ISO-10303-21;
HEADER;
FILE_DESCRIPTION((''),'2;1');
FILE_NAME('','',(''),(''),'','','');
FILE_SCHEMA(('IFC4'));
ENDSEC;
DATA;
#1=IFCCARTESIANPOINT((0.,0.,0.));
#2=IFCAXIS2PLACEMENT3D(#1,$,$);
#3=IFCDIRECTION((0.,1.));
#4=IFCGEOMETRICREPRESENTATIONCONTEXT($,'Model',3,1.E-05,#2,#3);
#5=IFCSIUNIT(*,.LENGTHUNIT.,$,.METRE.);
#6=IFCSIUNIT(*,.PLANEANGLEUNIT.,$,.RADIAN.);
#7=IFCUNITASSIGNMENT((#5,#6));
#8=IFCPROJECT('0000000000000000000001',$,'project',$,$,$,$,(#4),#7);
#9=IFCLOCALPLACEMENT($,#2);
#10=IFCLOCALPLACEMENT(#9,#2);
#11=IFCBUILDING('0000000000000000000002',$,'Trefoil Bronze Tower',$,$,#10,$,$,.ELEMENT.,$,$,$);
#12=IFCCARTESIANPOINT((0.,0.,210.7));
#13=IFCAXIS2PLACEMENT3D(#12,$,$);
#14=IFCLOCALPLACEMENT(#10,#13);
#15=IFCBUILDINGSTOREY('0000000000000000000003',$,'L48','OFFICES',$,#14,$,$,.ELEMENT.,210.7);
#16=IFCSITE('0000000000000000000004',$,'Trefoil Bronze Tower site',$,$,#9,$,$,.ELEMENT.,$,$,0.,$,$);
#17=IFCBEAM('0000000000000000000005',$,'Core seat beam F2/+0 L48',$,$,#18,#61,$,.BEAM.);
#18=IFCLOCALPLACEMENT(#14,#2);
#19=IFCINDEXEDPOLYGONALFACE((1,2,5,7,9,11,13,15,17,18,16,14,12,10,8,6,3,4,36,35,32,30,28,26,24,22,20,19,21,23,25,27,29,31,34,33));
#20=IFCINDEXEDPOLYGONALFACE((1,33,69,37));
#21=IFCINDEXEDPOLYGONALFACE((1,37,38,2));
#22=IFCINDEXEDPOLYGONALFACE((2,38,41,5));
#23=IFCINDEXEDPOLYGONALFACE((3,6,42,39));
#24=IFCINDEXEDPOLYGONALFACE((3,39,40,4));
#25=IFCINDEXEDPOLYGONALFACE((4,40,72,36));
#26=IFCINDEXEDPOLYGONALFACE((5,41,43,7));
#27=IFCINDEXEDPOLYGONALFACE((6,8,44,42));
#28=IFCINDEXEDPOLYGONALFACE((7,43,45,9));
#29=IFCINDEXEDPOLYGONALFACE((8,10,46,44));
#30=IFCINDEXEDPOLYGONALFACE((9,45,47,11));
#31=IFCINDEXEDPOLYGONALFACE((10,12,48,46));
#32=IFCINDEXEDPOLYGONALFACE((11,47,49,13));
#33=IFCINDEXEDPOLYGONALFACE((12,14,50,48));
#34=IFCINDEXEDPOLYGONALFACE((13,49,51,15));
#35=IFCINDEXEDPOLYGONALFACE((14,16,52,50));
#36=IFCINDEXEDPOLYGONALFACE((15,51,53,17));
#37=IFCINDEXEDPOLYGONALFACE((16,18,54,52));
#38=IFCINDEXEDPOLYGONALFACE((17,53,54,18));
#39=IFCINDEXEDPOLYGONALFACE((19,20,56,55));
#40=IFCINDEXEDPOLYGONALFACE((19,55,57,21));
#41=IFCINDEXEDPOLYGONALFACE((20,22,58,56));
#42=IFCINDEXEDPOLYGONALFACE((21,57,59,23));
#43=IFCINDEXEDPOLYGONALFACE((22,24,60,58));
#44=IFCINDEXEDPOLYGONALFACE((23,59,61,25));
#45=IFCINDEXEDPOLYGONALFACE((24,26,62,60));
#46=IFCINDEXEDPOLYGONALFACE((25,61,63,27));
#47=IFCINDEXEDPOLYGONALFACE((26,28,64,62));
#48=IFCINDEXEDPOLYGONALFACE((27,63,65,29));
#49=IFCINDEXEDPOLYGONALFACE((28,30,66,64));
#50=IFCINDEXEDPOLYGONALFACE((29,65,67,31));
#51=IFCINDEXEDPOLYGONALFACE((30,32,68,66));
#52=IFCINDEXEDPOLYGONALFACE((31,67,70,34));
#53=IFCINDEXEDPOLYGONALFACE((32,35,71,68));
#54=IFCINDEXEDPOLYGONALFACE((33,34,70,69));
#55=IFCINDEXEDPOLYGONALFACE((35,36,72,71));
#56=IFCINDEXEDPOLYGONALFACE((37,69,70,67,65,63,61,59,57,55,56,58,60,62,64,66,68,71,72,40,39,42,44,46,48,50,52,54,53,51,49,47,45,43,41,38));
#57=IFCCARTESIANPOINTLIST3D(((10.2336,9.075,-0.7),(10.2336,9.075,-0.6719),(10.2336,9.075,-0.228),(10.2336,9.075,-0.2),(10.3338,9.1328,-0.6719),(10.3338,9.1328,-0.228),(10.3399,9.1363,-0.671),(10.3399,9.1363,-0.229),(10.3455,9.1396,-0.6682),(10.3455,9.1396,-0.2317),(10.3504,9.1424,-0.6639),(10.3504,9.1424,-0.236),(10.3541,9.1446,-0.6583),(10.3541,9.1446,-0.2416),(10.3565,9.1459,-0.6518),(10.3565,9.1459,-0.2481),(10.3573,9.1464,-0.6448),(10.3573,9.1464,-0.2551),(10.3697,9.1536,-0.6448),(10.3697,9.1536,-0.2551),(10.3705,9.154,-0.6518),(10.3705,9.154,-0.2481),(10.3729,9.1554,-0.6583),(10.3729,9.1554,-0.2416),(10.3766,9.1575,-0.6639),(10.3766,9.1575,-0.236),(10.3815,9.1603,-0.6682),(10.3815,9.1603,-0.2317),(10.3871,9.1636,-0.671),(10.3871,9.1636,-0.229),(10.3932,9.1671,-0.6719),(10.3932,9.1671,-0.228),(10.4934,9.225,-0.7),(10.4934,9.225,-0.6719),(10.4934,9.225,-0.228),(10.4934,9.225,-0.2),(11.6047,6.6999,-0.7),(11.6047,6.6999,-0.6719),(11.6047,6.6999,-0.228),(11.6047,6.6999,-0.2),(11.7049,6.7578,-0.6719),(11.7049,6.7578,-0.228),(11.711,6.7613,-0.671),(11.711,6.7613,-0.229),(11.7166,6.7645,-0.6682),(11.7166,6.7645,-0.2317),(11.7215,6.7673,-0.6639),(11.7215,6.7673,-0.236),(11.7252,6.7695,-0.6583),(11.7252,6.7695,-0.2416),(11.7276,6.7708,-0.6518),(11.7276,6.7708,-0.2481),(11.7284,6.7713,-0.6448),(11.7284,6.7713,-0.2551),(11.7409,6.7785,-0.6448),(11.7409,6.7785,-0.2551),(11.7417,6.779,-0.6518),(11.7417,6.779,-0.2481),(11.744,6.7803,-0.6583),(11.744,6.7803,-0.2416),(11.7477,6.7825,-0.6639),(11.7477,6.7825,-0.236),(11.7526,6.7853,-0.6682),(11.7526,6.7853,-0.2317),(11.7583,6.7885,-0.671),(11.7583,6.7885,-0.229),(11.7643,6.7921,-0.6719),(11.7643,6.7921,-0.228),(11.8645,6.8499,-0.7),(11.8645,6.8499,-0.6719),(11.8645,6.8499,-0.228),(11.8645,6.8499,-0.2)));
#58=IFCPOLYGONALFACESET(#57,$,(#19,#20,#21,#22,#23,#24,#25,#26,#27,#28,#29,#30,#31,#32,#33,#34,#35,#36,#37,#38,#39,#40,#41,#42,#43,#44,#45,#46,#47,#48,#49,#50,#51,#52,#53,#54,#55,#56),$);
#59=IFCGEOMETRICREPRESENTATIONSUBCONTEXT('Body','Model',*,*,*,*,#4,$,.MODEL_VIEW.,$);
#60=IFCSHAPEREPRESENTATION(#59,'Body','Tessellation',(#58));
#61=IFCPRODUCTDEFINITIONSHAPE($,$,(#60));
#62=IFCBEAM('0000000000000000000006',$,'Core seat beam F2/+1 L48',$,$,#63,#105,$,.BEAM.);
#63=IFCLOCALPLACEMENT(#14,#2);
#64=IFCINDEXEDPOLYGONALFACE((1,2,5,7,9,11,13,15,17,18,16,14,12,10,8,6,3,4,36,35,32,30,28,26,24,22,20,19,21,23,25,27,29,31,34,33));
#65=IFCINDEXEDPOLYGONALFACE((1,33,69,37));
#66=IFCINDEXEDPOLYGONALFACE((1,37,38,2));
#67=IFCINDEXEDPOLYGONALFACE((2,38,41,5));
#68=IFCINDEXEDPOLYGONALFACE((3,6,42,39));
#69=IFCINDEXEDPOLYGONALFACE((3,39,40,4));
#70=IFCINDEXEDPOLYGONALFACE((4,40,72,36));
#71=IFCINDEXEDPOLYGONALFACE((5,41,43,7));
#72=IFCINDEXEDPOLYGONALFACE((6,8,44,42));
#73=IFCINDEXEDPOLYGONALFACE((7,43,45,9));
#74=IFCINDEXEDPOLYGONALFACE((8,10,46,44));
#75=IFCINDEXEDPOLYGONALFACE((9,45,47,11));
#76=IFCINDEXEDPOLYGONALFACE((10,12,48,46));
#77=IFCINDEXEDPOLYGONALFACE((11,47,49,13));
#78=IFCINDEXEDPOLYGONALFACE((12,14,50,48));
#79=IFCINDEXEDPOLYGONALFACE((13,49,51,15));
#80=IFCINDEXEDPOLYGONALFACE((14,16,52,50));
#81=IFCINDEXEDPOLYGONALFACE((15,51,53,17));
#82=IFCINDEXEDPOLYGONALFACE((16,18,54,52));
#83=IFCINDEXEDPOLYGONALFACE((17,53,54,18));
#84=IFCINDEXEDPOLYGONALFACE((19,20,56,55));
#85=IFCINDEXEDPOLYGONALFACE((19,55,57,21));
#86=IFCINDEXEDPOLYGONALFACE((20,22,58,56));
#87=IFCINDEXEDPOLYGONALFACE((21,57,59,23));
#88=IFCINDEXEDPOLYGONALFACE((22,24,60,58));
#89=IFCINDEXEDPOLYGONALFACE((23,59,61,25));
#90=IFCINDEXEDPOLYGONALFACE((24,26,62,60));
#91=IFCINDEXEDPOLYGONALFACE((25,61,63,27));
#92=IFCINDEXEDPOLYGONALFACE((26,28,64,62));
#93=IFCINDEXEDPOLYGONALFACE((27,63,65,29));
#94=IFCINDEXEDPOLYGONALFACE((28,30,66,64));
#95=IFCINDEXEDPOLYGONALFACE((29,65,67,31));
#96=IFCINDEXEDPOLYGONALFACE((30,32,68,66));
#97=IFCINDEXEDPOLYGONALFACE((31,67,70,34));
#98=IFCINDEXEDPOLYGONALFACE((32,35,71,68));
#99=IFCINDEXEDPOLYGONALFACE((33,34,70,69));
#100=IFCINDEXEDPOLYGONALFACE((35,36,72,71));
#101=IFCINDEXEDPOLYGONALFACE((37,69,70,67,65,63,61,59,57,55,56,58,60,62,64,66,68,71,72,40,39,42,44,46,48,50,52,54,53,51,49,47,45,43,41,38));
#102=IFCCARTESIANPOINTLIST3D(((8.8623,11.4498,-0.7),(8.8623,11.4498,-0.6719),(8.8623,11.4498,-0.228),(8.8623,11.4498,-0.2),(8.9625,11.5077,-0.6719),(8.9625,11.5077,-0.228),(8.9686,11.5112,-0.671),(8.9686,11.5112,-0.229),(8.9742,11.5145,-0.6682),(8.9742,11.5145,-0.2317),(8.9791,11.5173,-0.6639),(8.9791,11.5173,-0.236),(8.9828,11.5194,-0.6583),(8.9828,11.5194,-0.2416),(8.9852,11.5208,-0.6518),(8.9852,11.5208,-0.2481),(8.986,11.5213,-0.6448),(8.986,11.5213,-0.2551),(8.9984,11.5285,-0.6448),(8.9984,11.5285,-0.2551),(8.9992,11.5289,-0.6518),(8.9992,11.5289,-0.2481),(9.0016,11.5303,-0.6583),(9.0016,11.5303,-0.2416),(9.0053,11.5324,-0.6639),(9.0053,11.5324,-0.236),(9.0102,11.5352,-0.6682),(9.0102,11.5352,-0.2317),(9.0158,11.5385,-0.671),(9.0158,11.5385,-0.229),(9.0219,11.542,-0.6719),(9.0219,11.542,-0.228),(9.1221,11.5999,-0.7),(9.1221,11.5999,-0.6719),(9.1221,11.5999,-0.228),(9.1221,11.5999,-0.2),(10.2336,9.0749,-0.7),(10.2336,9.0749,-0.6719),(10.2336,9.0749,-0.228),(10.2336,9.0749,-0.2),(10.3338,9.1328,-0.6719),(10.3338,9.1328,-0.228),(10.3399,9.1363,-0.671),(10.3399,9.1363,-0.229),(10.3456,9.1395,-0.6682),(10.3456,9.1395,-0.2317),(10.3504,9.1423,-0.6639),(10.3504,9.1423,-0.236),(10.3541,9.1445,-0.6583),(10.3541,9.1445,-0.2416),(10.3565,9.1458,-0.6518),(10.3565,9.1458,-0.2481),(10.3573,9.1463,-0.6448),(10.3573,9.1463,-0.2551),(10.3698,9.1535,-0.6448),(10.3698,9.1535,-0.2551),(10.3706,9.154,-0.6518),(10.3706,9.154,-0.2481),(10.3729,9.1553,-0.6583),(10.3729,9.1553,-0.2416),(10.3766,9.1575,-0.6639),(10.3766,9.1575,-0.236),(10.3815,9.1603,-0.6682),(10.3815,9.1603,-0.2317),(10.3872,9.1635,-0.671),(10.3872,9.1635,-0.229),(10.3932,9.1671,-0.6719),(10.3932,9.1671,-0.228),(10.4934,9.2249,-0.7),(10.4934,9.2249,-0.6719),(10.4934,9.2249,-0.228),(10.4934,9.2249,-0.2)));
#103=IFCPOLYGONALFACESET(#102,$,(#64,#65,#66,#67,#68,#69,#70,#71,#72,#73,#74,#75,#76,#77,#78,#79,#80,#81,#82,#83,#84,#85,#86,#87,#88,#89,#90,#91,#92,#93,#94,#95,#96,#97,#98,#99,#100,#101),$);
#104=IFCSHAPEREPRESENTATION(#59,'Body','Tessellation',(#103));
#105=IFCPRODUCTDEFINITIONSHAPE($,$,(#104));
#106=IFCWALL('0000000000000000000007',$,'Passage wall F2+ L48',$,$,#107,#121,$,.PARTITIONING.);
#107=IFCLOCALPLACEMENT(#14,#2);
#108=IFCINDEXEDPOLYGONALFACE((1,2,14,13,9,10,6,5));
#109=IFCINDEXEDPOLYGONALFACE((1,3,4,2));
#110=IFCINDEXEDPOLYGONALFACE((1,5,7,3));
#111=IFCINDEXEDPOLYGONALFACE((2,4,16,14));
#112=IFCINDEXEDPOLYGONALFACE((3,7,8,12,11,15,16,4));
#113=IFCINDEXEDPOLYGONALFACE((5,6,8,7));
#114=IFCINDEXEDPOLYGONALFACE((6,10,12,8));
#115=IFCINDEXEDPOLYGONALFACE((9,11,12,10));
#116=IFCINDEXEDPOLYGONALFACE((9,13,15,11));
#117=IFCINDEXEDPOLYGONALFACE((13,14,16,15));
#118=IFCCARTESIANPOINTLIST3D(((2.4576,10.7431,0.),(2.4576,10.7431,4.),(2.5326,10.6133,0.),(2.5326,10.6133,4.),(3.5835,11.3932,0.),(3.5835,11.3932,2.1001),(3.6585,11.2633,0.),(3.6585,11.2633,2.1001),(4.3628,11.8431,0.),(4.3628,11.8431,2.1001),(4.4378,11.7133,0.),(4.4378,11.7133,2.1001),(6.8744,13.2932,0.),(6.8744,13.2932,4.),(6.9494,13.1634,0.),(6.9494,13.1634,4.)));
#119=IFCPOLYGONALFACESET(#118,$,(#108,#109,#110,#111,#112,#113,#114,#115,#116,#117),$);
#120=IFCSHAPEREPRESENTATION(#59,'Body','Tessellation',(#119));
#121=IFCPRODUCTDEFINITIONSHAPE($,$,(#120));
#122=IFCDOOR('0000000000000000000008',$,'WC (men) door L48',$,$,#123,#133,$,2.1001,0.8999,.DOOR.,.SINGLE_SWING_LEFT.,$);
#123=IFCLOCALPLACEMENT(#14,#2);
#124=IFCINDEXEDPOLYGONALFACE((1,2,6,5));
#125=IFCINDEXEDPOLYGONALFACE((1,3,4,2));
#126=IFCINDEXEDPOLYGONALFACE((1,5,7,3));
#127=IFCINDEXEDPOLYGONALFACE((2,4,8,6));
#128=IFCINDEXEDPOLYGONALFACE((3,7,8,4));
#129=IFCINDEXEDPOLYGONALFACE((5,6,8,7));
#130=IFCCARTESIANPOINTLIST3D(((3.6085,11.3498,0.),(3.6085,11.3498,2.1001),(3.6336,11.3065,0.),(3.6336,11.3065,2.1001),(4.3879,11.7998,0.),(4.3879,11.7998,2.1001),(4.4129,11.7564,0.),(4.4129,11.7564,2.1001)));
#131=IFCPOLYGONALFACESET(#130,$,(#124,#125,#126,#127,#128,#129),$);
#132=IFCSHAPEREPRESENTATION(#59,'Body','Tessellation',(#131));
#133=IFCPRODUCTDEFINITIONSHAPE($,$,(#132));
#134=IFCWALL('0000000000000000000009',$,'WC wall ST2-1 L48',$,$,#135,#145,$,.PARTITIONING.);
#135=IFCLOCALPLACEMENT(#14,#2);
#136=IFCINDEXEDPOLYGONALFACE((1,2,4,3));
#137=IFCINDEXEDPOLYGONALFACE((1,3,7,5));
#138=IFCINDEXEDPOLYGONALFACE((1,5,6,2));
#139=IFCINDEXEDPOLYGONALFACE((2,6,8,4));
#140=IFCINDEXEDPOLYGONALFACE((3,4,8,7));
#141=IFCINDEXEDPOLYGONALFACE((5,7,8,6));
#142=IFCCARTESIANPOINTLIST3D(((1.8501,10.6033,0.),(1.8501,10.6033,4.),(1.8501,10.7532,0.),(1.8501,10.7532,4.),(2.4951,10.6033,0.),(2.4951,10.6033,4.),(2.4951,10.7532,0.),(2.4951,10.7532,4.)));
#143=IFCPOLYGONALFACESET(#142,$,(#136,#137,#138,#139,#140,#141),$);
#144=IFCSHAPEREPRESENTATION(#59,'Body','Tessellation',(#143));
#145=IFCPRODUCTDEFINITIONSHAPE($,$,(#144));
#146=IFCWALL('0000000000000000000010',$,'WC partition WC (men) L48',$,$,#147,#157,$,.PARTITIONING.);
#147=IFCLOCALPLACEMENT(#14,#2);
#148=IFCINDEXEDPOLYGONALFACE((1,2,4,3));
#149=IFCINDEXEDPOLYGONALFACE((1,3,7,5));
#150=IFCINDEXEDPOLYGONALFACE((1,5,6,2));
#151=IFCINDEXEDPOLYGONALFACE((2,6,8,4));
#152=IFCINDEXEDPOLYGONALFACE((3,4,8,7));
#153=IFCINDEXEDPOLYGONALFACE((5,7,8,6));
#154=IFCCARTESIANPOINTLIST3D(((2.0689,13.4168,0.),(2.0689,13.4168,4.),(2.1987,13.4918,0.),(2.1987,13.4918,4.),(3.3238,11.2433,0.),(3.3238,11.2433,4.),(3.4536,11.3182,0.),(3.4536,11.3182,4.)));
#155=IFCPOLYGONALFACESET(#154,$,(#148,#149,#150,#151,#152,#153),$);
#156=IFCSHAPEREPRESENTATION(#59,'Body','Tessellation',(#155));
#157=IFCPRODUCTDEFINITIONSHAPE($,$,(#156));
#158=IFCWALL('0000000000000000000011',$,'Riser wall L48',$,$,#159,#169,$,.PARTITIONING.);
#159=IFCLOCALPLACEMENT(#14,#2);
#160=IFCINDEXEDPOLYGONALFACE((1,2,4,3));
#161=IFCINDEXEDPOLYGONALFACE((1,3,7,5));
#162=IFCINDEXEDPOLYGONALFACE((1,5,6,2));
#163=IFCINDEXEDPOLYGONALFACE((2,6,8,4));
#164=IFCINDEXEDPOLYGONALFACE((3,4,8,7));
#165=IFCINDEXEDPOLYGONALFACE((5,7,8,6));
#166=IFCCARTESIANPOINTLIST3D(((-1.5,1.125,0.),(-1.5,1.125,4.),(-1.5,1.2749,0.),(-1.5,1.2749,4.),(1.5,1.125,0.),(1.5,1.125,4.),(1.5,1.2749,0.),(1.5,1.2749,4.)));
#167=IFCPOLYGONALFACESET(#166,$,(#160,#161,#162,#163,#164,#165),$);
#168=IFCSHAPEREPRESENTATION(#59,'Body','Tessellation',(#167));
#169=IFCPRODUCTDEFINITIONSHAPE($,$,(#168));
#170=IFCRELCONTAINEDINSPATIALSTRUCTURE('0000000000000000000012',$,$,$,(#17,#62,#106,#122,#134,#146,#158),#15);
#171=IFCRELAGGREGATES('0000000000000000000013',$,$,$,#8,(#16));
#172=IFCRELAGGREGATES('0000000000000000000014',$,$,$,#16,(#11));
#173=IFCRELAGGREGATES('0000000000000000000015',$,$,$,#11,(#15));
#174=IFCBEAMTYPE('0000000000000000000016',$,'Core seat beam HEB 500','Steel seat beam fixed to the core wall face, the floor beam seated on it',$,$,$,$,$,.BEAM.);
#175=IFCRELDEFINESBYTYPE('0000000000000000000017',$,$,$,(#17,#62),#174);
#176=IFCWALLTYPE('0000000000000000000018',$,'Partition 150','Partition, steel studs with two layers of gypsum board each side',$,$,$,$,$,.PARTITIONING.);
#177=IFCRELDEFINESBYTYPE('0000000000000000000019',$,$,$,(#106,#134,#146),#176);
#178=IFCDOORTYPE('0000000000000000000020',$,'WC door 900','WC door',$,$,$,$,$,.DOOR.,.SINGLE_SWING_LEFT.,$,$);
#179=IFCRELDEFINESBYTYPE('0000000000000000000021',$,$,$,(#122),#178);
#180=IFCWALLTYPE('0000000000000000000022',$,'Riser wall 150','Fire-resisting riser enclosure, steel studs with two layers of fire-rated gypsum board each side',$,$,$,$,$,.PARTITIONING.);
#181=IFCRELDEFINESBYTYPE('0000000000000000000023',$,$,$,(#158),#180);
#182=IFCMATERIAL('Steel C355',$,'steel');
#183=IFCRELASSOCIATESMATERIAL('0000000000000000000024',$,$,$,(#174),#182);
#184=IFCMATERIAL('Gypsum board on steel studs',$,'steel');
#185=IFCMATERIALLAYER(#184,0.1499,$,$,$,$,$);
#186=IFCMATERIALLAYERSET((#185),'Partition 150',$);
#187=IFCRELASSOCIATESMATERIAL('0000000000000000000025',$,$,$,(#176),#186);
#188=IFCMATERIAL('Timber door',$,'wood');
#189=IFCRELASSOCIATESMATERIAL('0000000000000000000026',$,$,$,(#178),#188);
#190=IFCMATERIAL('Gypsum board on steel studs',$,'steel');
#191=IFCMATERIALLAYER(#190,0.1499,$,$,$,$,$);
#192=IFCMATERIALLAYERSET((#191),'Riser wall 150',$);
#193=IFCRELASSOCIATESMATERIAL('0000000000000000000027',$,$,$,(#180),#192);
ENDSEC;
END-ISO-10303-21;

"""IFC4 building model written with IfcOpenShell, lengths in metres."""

from ifc_helpers import new_model, si_unit, direction, frame, frame_2d, origin, origin_2d, place, context, subcontext, project, spatial, rectangle, i_section, extrude, material, layer, layer_set, material_profile, profile_set, type_object, element, fill, save


model = new_model("IFC4")

# Units and contexts
model_context = context("Model", 3, precision=1e-05, world=origin(), true_north=direction((0.0, 1.0)))
body_context = subcontext(model_context, "Body", "Model", "MODEL_VIEW")
ifc_project = project(units=[si_unit("LENGTHUNIT", "METRE"), si_unit("PLANEANGLEUNIT", "RADIAN")], contexts=[model_context])

# Site, building, storey
site_placement = place(None, origin())
site = spatial("IfcSite", under=ifc_project, at=site_placement, Name="Trefoil Bronze Tower site", CompositionType="ELEMENT", RefElevation=0.0)
building_placement = place(site_placement, origin())
building = spatial("IfcBuilding", under=site, at=building_placement, Name="Trefoil Bronze Tower", CompositionType="ELEMENT")
storey_placement = place(building_placement, frame((0.0, 0.0, 210.7)))
storey = spatial("IfcBuildingStorey", under=building, at=storey_placement, Name="L48", Description="OFFICES", CompositionType="ELEMENT", Elevation=210.7)

# Beams
ifc_material_1 = material(Name="Steel C355", Category="steel")
ifc_material_profile = material_profile(ifc_material_1, i_section(OverallWidth=0.3, OverallDepth=0.5, WebThickness=0.0144, FlangeThickness=0.0281, FilletRadius=0.0271, at=origin_2d()), Name="HEB 500")
ifc_profile_set = profile_set([ifc_material_profile], Name="Steel C355")
beam_type = type_object("IfcBeamType", Name="Core seat beam HEB 500", Description="Steel seat beam fixed to the core wall face, the floor beam seated on it", PredefinedType="BEAM", material=ifc_profile_set)
for number, where, z_axis, x_axis, name in (
    (1, (11.7346, 6.7749, -0.45), (-0.499969, 0.866043, 0.0), (-0.866043, -0.499969, 0.0), "Core seat beam F2/+0 L48"),
    (2, (10.3635, 9.1499, -0.45), (-0.500036, 0.866005, 0.0), (-0.866005, -0.500036, 0.0), "Core seat beam F2/+1 L48"),
):
    element("IfcBeam", number, at=place(storey_placement, frame(where, z_axis=z_axis, x_axis=x_axis)), inside=storey, type_object=beam_type, Name=name, PredefinedType="BEAM", context=body_context, shape_type="SweptSolid", body=[
        extrude(i_section(OverallWidth=0.3, OverallDepth=0.5, WebThickness=0.0144, FlangeThickness=0.0281, FilletRadius=0.0271, at=origin_2d()), origin(), (0.0, 0.0, 1.0), 2.7424),
    ])

# Wall, opening, door
ifc_material_2 = material(Name="Gypsum board on steel studs", Category="steel")
ifc_layer_1 = layer(ifc_material_2, 0.1499)
ifc_layer_set_1 = layer_set([ifc_layer_1], Name="Partition 150")
wall_type_1 = type_object("IfcWallType", Name="Partition 150", Description="Partition, steel studs with two layers of gypsum board each side", PredefinedType="PARTITIONING", material=ifc_layer_set_1)
wall_1_placement = place(storey_placement, frame((2.4951, 10.6782, 0.0), z_axis=(0.0, 0.0, 1.0), x_axis=(0.866022, 0.500006, 0.0)))
wall_1 = element("IfcWall", 3, at=wall_1_placement, inside=storey, type_object=wall_type_1, Name="Passage wall F2+ L48", PredefinedType="PARTITIONING", context=body_context, shape_type="SweptSolid", body=[
    extrude(rectangle(XDim=5.1001, YDim=0.1499, at=frame_2d((2.55, 0.0))), origin(), (0.0, 0.0, 1.0), 4.0),
])
opening_1_placement = place(wall_1_placement, frame((1.3, 0.0, 0.0)))
opening_1 = element("IfcOpeningElement", 4, at=opening_1_placement, cuts=wall_1, PredefinedType="OPENING", context=body_context, shape_type="SweptSolid", body=[
    extrude(rectangle(XDim=0.8999, YDim=2.1001, at=frame_2d((0.45, 1.05))), frame((0.0, 0.085, 0.0), z_axis=(0.0, -1.0, 0.0), x_axis=(1.0, 0.0, 0.0)), (0.0, 0.0, 1.0), 0.1699),
])
ifc_material_3 = material(Name="Timber door", Category="wood")
door_type_1 = type_object("IfcDoorType", Name="WC door 900", Description="WC door", OperationType="SINGLE_SWING_LEFT", PredefinedType="DOOR", material=ifc_material_3)
door_1_placement = place(opening_1_placement, origin())
door_1 = element("IfcDoor", 5, at=door_1_placement, inside=storey, type_object=door_type_1, Name="WC (men) door L48", OperationType="SINGLE_SWING_LEFT", OverallHeight=2.1001, OverallWidth=0.8999, PredefinedType="DOOR", context=body_context, shape_type="SweptSolid", body=[
    extrude(rectangle(XDim=0.8999, YDim=2.1001, at=frame_2d((0.45, 1.05))), frame((0.0, 0.0249, 0.0), z_axis=(0.0, -1.0, 0.0), x_axis=(1.0, 0.0, 0.0)), (0.0, 0.0, 1.0), 0.05),
])
fill(opening_1, door_1)

# Walls
wall_2_placement = place(storey_placement, frame((2.4951, 10.6782, 0.0), z_axis=(0.0, 0.0, 1.0), x_axis=(-1.0, 0.0, 0.0)))
element("IfcWall", 6, at=wall_2_placement, inside=storey, type_object=wall_type_1, Name="WC wall ST2-1 L48", PredefinedType="PARTITIONING", context=body_context, shape_type="SweptSolid", body=[
    extrude(rectangle(XDim=0.645, YDim=0.1499, at=frame_2d((0.3225, 0.0))), origin(), (0.0, 0.0, 1.0), 4.0),
])
wall_3_placement = place(storey_placement, frame((3.3887, 11.2808, 0.0), z_axis=(0.0, 0.0, 1.0), x_axis=(-0.499989, 0.866032, 0.0)))
element("IfcWall", 7, at=wall_3_placement, inside=storey, type_object=wall_type_1, Name="WC partition WC (men) L48", PredefinedType="PARTITIONING", context=body_context, shape_type="SweptSolid", body=[
    extrude(rectangle(XDim=2.5098, YDim=0.1499, at=frame_2d((1.2549, 0.0))), origin(), (0.0, 0.0, 1.0), 4.0),
])
ifc_material_4 = material(Name="Gypsum board on steel studs", Category="steel")
ifc_layer_2 = layer(ifc_material_4, 0.1499)
ifc_layer_set_2 = layer_set([ifc_layer_2], Name="Riser wall 150")
wall_type_2 = type_object("IfcWallType", Name="Riser wall 150", Description="Fire-resisting riser enclosure, steel studs with two layers of fire-rated gypsum board each side", PredefinedType="PARTITIONING", material=ifc_layer_set_2)
wall_4_placement = place(storey_placement, frame((1.5, 1.2, 0.0), z_axis=(0.0, 0.0, 1.0), x_axis=(-1.0, 0.0, 0.0)))
element("IfcWall", 8, at=wall_4_placement, inside=storey, type_object=wall_type_2, Name="Riser wall L48", PredefinedType="PARTITIONING", context=body_context, shape_type="SweptSolid", body=[
    extrude(rectangle(XDim=3.0, YDim=0.1499, at=frame_2d((1.5, 0.0))), origin(), (0.0, 0.0, 1.0), 4.0),
])

save(model, "model.ifc")
